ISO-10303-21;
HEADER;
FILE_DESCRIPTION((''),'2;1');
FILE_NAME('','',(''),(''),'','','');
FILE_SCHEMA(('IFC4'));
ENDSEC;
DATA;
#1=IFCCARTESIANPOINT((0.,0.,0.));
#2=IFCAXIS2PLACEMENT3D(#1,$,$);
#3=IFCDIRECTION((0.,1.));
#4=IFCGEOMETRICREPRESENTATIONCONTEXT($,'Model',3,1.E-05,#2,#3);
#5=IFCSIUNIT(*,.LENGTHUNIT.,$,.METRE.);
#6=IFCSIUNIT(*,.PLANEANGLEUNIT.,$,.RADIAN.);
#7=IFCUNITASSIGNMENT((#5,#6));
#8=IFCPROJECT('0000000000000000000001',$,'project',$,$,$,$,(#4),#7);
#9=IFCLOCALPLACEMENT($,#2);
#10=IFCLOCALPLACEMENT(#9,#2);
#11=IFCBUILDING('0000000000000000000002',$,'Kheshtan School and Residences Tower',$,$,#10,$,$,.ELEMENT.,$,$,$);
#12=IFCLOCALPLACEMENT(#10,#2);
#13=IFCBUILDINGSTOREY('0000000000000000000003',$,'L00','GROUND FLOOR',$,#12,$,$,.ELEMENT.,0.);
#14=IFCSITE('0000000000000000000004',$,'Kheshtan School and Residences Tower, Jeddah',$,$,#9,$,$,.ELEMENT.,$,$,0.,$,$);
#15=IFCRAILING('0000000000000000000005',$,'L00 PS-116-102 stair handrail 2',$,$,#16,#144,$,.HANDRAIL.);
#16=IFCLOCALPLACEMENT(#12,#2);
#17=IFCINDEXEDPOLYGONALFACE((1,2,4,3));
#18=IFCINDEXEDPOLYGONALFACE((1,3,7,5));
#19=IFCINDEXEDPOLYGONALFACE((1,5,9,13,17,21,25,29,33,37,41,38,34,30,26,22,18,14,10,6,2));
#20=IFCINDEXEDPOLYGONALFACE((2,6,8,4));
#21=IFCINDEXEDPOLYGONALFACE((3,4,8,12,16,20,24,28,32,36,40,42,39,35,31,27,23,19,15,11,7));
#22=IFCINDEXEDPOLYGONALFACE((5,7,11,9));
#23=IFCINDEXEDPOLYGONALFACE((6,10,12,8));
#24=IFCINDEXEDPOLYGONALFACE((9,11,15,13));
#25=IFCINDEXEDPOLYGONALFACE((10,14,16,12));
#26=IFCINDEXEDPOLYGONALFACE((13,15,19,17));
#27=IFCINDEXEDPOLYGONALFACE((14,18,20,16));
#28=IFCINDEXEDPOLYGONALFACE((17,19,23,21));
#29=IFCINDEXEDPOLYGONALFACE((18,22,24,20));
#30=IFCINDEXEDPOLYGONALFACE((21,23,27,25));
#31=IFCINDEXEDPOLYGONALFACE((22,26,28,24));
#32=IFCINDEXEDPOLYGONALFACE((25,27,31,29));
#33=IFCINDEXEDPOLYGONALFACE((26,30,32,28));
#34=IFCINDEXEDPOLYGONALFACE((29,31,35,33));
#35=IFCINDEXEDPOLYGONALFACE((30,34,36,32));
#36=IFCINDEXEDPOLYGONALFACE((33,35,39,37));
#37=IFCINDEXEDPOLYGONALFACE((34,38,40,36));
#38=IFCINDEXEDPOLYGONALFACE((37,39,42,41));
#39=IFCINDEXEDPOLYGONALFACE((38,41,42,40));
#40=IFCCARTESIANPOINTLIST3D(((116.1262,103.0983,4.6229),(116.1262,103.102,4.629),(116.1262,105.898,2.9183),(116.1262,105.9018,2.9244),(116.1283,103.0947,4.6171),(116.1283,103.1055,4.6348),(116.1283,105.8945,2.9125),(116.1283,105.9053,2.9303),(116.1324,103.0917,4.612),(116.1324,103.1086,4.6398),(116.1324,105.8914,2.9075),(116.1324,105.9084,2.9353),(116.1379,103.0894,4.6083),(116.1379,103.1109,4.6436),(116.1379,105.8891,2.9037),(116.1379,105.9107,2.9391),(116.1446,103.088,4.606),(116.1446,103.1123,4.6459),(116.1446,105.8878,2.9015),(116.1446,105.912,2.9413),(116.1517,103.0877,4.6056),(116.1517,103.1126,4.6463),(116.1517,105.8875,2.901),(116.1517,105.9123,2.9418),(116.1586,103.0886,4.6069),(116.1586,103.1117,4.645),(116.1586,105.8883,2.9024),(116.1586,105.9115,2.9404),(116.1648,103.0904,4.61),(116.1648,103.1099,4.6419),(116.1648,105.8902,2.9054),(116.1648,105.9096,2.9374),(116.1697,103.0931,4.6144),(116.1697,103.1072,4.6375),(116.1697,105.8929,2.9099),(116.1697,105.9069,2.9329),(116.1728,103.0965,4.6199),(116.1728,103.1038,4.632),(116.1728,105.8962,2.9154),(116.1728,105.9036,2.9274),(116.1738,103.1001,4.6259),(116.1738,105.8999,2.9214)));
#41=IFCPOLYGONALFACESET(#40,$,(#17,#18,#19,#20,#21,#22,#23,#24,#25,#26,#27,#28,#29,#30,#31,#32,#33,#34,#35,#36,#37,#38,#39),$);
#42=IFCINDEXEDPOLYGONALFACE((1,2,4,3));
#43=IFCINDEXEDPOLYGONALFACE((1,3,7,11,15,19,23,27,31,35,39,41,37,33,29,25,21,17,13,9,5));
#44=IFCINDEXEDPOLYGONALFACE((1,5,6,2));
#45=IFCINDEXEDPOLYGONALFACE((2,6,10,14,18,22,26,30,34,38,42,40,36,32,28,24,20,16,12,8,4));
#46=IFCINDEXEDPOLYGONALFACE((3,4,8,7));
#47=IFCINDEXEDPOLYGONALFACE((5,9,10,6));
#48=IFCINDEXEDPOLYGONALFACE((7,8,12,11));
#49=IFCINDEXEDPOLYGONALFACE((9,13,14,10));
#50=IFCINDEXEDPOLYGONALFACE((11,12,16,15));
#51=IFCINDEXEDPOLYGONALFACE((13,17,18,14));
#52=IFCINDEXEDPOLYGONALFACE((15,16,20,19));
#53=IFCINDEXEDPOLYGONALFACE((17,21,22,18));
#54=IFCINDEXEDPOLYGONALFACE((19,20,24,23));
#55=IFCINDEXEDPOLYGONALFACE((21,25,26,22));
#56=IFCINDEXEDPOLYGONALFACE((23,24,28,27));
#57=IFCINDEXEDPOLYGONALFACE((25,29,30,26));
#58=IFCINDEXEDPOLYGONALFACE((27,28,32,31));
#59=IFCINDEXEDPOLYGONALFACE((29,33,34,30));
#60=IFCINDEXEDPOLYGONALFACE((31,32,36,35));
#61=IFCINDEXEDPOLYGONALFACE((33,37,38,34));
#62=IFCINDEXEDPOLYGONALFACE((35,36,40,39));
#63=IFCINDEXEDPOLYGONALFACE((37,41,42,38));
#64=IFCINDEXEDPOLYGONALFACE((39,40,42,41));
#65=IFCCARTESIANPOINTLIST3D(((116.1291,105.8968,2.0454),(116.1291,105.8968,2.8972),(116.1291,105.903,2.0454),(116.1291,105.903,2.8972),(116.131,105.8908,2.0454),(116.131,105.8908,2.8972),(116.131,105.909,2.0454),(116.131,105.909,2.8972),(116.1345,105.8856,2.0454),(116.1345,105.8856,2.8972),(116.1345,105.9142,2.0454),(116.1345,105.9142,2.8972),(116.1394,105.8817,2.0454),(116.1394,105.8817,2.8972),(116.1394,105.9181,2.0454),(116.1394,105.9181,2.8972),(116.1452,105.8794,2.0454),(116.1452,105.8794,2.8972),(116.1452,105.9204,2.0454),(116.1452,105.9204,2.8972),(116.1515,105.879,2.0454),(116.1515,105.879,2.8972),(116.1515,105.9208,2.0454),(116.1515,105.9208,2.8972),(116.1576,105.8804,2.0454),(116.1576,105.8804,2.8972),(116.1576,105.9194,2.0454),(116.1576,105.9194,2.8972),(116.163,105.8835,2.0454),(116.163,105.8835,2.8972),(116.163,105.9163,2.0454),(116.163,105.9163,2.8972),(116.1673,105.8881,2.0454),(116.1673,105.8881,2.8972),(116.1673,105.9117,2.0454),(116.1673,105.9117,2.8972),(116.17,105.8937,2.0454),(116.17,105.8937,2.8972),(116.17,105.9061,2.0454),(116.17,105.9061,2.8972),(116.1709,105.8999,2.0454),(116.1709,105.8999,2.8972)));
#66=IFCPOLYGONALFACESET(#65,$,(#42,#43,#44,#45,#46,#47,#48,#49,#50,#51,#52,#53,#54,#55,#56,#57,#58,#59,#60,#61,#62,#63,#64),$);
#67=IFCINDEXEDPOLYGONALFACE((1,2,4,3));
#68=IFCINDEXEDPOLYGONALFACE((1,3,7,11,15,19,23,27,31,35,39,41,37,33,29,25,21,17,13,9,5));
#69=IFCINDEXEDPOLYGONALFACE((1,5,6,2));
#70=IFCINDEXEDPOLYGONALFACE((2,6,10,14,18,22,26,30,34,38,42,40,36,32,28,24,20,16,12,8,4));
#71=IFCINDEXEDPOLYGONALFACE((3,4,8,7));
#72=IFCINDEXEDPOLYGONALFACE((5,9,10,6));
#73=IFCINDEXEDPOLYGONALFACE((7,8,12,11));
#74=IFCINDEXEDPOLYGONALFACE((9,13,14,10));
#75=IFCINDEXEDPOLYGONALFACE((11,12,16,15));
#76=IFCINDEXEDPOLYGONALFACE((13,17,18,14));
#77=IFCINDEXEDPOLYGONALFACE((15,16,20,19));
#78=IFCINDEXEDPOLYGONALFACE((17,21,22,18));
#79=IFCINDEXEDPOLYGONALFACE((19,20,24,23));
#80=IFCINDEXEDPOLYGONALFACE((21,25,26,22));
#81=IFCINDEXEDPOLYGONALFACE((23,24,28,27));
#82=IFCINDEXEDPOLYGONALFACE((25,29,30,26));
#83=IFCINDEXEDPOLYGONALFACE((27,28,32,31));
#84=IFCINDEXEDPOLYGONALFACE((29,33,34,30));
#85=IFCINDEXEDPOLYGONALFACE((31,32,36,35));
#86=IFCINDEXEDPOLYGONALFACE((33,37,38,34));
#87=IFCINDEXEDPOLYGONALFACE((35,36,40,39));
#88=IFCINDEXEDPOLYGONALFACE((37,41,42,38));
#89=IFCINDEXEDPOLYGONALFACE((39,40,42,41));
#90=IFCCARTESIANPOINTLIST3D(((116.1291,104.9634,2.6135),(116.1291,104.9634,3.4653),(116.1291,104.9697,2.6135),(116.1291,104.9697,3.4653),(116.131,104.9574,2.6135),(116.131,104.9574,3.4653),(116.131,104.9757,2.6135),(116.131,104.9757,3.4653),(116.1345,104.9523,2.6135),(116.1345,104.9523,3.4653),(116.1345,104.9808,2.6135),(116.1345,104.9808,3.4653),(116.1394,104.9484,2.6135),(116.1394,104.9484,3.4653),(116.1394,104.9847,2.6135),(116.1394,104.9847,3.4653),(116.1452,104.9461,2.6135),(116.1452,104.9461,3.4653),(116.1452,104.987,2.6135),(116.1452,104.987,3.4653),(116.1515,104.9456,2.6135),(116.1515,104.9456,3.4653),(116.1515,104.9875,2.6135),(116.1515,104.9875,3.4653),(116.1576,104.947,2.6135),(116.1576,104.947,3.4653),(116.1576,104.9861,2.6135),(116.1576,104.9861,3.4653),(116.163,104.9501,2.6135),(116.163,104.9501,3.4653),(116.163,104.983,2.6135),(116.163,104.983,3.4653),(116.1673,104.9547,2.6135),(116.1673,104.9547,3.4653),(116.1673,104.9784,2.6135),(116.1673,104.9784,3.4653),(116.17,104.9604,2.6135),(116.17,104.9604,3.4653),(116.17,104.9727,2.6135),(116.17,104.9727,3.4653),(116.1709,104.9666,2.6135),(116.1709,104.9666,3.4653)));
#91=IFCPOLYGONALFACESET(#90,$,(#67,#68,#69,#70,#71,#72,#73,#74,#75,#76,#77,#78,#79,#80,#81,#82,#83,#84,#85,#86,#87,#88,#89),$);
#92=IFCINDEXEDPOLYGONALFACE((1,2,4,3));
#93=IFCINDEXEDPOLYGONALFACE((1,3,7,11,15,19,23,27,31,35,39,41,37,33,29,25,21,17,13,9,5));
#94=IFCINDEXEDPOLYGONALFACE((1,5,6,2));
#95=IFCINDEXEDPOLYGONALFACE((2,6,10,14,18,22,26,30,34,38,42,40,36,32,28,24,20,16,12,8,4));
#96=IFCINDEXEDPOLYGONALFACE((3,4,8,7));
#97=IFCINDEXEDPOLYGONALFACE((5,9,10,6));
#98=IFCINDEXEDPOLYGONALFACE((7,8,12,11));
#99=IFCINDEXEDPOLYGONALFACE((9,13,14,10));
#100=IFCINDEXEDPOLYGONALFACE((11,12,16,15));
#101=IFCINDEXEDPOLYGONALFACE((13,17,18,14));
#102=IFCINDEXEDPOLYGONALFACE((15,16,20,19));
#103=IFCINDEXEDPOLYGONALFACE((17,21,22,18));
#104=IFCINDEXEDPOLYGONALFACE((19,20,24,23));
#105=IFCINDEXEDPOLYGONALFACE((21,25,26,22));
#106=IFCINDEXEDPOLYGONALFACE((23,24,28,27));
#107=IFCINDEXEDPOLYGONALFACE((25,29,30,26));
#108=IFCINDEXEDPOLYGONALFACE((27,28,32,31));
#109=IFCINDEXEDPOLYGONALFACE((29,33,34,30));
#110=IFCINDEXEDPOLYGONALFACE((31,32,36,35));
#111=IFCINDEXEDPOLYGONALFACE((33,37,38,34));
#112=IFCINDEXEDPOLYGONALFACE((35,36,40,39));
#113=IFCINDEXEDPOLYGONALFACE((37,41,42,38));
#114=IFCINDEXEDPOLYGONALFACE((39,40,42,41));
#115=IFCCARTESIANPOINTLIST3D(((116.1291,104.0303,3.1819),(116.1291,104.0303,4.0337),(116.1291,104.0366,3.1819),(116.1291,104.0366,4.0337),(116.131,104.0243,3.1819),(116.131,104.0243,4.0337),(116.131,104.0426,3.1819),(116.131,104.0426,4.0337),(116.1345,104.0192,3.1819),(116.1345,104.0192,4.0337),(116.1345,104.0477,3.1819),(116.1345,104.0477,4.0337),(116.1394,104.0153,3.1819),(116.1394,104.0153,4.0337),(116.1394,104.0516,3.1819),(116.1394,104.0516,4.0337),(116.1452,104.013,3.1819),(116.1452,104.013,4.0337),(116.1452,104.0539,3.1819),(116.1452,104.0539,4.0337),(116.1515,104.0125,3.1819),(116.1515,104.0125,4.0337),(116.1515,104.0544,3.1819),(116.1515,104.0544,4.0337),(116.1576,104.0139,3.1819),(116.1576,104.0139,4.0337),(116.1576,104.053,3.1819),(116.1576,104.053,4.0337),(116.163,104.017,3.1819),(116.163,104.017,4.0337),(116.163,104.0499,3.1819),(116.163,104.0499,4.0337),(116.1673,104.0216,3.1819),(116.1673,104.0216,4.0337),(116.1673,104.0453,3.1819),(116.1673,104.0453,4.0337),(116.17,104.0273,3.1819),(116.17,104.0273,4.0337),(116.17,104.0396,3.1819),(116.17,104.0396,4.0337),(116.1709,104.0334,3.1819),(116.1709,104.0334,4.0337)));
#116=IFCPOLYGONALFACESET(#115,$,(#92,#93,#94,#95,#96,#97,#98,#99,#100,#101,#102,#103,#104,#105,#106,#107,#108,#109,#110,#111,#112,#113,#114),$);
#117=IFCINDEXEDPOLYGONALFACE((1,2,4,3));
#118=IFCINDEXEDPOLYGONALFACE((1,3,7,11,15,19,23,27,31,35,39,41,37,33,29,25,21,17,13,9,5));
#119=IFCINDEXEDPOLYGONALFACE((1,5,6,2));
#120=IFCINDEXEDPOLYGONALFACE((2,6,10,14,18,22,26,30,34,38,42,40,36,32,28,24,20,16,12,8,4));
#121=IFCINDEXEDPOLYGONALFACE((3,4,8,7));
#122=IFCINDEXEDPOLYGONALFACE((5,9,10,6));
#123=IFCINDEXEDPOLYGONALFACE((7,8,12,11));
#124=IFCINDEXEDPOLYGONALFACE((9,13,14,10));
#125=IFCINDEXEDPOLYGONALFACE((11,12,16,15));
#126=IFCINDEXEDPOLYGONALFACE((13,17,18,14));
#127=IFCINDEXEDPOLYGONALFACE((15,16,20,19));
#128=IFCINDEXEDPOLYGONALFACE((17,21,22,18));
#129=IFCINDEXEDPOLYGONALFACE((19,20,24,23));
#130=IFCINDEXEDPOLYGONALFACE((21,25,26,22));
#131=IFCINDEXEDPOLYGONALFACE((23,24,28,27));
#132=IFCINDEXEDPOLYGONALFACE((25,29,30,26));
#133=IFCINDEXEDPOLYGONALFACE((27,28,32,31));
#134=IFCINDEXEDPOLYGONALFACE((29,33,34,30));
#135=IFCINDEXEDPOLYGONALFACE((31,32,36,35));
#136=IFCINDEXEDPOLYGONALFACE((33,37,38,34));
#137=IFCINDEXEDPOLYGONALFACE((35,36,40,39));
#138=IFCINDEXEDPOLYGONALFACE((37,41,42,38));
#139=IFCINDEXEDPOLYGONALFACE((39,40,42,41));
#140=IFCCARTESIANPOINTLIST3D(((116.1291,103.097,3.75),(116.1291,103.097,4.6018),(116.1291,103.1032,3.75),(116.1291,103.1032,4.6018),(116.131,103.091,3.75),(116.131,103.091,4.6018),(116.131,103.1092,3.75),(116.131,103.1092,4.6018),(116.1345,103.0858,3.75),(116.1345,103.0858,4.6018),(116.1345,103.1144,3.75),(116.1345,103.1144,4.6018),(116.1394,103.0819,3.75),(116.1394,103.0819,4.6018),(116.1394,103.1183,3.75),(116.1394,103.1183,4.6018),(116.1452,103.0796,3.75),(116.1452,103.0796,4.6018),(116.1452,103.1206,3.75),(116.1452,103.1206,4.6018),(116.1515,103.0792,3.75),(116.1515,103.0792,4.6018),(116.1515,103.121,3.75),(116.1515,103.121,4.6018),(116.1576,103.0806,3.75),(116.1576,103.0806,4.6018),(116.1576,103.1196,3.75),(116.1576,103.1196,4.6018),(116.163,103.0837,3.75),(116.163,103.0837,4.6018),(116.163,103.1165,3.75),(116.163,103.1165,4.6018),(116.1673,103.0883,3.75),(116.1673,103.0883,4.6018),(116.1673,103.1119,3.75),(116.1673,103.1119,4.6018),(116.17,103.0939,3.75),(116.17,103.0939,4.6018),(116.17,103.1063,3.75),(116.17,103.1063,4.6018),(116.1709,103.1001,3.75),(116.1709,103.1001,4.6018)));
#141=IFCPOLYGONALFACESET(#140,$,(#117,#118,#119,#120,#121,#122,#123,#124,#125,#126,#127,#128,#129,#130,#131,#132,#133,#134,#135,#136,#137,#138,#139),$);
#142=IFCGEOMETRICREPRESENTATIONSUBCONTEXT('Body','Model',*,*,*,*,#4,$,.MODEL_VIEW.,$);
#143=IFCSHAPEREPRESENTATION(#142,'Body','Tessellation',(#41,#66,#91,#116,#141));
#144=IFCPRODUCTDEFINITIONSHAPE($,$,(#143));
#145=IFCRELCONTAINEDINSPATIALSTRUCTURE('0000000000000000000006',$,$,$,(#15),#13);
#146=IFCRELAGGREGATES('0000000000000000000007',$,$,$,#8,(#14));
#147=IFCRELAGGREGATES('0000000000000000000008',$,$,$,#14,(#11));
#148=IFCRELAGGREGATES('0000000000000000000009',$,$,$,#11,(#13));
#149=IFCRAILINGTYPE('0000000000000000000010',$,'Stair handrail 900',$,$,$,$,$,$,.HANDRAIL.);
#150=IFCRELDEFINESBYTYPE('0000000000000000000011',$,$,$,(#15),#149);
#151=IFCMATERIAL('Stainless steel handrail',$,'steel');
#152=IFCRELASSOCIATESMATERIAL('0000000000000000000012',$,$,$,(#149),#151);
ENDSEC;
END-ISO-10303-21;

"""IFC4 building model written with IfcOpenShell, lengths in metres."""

from ifc_helpers import new_model, si_unit, direction, frame, origin, origin_2d, place, context, subcontext, project, spatial, circle, extrude, material, type_object, element, save


model = new_model("IFC4")

# Units and contexts
model_context = context("Model", 3, precision=1e-05, world=origin(), true_north=direction((0.0, 1.0)))
body_context = subcontext(model_context, "Body", "Model", "MODEL_VIEW")
ifc_project = project(units=[si_unit("LENGTHUNIT", "METRE"), si_unit("PLANEANGLEUNIT", "RADIAN")], contexts=[model_context])

# Site, building, storey
site_placement = place(None, origin())
site = spatial("IfcSite", under=ifc_project, at=site_placement, Name="Kheshtan School and Residences Tower, Jeddah", CompositionType="ELEMENT", RefElevation=0.0)
building_placement = place(site_placement, origin())
building = spatial("IfcBuilding", under=site, at=building_placement, Name="Kheshtan School and Residences Tower", CompositionType="ELEMENT")
storey_placement = place(building_placement, origin())
storey = spatial("IfcBuildingStorey", under=building, at=storey_placement, Name="L00", Description="GROUND FLOOR", CompositionType="ELEMENT", Elevation=0.0)

# Railing
ifc_material_1 = material(Name="Stainless steel handrail", Category="steel")
railing_type = type_object("IfcRailingType", Name="Stair handrail 900", PredefinedType="HANDRAIL", material=ifc_material_1)
for number, where, name in (
    (1, (116.1499, 105.8999, 2.0454), "L00 PS-116-102 stair handrail 2"),
):
    element("IfcRailing", number, at=place(storey_placement, frame(where)), inside=storey, type_object=railing_type, Name=name, PredefinedType="HANDRAIL", context=body_context, shape_type="SweptSolid", body=[
        extrude(circle(Radius=0.0239, at=origin_2d()), frame((0.0, 0.0, 0.876), z_axis=(0.0, -0.85415, 0.520027), x_axis=(1.0, 0.0, 0.0)), (0.0, 0.0, 1.0), 3.2778),
        extrude(circle(Radius=0.021, at=origin_2d()), origin(), (0.0, 0.0, 1.0), 0.8518),
        extrude(circle(Radius=0.021, at=origin_2d()), frame((0.0, -0.9333, 0.5681)), (0.0, 0.0, 1.0), 0.8518),
        extrude(circle(Radius=0.021, at=origin_2d()), frame((0.0, -1.8665, 1.1365)), (0.0, 0.0, 1.0), 0.8518),
        extrude(circle(Radius=0.021, at=origin_2d()), frame((0.0, -2.7998, 1.7046)), (0.0, 0.0, 1.0), 0.8518),
    ])

save(model, "model.ifc")
